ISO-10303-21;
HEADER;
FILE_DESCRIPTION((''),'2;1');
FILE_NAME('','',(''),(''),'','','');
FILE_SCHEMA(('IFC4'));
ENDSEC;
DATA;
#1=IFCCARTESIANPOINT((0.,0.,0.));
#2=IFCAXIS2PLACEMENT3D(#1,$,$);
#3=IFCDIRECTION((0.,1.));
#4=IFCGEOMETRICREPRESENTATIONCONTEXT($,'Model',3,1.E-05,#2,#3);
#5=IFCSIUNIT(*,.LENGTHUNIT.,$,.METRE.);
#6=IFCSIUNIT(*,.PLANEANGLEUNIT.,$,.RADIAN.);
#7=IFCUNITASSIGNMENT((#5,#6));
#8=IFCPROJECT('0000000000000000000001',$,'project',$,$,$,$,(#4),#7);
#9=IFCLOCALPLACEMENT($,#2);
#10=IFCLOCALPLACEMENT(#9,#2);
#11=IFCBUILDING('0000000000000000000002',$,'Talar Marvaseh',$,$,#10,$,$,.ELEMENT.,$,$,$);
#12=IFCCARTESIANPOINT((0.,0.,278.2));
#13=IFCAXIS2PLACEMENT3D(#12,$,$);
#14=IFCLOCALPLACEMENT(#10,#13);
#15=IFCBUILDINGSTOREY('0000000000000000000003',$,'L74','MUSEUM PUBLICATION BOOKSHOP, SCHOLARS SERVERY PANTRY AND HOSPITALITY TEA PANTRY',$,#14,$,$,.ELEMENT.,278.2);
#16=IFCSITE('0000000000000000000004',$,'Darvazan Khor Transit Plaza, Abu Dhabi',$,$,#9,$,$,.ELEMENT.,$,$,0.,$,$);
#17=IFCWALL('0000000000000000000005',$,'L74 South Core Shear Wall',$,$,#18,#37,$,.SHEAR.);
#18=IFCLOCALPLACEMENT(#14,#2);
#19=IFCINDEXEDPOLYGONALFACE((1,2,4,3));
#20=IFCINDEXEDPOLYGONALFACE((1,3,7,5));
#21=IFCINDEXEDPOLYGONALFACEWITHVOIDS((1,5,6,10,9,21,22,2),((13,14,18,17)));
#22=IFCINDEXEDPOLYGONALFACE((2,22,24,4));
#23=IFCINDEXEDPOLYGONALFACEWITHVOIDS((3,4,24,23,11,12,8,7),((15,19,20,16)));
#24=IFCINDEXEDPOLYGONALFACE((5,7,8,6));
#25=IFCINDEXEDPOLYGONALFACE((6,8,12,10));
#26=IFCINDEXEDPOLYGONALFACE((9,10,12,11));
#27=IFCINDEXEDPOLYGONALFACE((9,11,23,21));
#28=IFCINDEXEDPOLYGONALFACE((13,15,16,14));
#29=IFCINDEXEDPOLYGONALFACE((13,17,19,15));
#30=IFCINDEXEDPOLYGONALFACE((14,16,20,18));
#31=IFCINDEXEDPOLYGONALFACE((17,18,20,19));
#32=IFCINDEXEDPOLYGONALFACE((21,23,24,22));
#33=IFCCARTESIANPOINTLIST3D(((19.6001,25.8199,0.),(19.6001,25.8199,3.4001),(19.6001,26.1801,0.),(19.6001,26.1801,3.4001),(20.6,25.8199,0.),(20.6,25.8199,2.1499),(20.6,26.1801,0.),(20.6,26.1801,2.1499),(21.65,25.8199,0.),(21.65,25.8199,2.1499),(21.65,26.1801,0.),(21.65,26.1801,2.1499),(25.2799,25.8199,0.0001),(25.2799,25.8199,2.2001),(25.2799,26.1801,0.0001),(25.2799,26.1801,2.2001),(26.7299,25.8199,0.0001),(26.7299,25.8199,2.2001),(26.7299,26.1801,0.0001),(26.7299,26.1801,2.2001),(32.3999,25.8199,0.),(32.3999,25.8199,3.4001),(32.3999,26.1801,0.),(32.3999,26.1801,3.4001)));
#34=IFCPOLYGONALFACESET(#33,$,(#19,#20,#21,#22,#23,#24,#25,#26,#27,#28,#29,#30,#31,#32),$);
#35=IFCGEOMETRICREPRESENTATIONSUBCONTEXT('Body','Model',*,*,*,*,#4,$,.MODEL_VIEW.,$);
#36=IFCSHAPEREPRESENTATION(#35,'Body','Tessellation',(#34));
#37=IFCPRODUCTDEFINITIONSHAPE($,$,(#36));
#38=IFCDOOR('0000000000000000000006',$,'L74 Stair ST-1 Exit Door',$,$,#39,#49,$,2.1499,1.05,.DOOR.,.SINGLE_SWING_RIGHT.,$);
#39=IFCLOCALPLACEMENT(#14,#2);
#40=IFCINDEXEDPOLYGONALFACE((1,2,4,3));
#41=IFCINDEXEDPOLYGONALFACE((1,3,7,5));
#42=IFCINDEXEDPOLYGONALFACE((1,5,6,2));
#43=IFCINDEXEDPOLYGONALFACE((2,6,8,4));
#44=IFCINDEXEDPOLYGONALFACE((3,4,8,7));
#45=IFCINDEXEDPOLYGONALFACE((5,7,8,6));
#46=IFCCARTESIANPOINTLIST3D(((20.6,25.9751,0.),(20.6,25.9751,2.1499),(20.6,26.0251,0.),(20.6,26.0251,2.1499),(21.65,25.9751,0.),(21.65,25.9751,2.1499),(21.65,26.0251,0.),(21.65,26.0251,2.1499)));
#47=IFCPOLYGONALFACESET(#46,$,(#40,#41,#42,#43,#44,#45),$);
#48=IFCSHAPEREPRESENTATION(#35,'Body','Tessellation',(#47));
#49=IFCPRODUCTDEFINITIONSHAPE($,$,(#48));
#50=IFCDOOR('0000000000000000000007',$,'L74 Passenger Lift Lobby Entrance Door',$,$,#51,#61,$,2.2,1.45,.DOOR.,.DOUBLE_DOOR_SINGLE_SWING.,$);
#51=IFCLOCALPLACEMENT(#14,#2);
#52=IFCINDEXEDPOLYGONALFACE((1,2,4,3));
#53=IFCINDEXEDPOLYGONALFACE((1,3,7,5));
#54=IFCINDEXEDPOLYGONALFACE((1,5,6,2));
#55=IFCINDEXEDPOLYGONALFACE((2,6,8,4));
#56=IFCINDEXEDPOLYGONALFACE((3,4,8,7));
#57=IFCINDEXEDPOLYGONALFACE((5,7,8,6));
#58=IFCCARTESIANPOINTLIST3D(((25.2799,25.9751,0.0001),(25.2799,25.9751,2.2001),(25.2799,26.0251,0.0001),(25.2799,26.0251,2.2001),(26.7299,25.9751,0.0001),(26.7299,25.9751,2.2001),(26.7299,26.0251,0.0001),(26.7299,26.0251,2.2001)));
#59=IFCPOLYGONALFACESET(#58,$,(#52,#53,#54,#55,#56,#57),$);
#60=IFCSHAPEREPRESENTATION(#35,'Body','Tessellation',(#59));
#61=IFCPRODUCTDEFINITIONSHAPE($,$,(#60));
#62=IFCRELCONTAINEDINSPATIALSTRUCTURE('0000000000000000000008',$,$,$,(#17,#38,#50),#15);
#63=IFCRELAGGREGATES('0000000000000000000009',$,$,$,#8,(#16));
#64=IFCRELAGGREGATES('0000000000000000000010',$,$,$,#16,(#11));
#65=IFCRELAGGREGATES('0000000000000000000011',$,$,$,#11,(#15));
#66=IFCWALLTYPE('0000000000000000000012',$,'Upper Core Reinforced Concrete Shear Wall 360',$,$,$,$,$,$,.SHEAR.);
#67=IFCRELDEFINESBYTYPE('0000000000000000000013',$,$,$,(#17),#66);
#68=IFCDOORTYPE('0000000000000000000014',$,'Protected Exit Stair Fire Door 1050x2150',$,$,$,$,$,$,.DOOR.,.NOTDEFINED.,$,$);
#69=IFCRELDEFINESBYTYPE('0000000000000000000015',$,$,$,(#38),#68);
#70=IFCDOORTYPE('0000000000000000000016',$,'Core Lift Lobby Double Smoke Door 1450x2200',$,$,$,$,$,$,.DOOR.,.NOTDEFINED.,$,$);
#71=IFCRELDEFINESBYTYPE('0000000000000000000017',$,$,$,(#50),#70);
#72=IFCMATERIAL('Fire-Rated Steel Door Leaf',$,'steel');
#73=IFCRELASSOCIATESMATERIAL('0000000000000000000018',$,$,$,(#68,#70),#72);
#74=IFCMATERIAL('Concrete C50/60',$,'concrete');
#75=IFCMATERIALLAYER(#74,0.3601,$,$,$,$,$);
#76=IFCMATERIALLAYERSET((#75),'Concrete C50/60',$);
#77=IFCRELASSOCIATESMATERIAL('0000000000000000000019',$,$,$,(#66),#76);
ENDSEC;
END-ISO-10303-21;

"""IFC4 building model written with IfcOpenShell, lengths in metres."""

from ifc_helpers import new_model, si_unit, direction, frame, frame_2d, origin, place, context, subcontext, project, spatial, rectangle, extrude, source, transform, mapped, material, layer, layer_set, type_object, type_shapes, element, fill, save


model = new_model("IFC4")

# Units and contexts
model_context = context("Model", 3, precision=1e-05, world=origin(), true_north=direction((0.0, 1.0)))
body_context = subcontext(model_context, "Body", "Model", "MODEL_VIEW")
ifc_project = project(units=[si_unit("LENGTHUNIT", "METRE"), si_unit("PLANEANGLEUNIT", "RADIAN")], contexts=[model_context])

# Site, building, storey
site_placement = place(None, origin())
site = spatial("IfcSite", under=ifc_project, at=site_placement, Name="Darvazan Khor Transit Plaza, Abu Dhabi", CompositionType="ELEMENT", RefElevation=0.0)
building_placement = place(site_placement, origin())
building = spatial("IfcBuilding", under=site, at=building_placement, Name="Talar Marvaseh", CompositionType="ELEMENT")
storey_placement = place(building_placement, frame((0.0, 0.0, 278.2)))
storey = spatial("IfcBuildingStorey", under=building, at=storey_placement, Name="L74", Description="MUSEUM PUBLICATION BOOKSHOP, SCHOLARS SERVERY PANTRY AND HOSPITALITY TEA PANTRY", CompositionType="ELEMENT", Elevation=278.2)

# Shared definitions
ifc_material_1 = material(Name="Concrete C50/60", Category="concrete")

# Shared definitions
ifc_material_2 = material(Name="Fire-Rated Steel Door Leaf", Category="steel")
door_type_1 = type_object("IfcDoorType", Name="Protected Exit Stair Fire Door 1050x2150", OperationType="NOTDEFINED", PredefinedType="DOOR", material=ifc_material_2)
shared_shape_1 = source(origin(), body_context, "Body", "SweptSolid", [
    extrude(rectangle(XDim=1.05, YDim=2.1499, at=frame_2d((0.5249, 1.075))), frame((0.0, 0.0249, 0.0), z_axis=(0.0, -1.0, 0.0), x_axis=(1.0, 0.0, 0.0)), (0.0, 0.0, 1.0), 0.05),
])
type_shapes(door_type_1, [shared_shape_1])

# Wall, openings, doors
ifc_layer_1 = layer(ifc_material_1, 0.3601)
ifc_layer_set_1 = layer_set([ifc_layer_1], Name="Concrete C50/60")
wall_type_1 = type_object("IfcWallType", Name="Upper Core Reinforced Concrete Shear Wall 360", PredefinedType="SHEAR", material=ifc_layer_set_1)
wall_1_placement = place(storey_placement, frame((32.3999, 26.0, 0.0), z_axis=(0.0, 0.0, 1.0), x_axis=(-1.0, 0.0, 0.0)))
wall_1 = element("IfcWall", 1, at=wall_1_placement, inside=storey, type_object=wall_type_1, Name="L74 South Core Shear Wall", PredefinedType="SHEAR", context=body_context, shape_type="SweptSolid", body=[
    extrude(rectangle(XDim=12.7998, YDim=0.3601, at=frame_2d((6.3999, 0.0))), origin(), (0.0, 0.0, 1.0), 3.4001),
])
opening_1_placement = place(wall_1_placement, frame((10.75, 0.0, 0.0)))
opening_1 = element("IfcOpeningElement", 2, at=opening_1_placement, cuts=wall_1, PredefinedType="OPENING", context=body_context, shape_type="SweptSolid", body=[
    extrude(rectangle(XDim=1.05, YDim=2.1499, at=frame_2d((0.5249, 1.075))), frame((0.0, 0.1899, 0.0), z_axis=(0.0, -1.0, 0.0), x_axis=(1.0, 0.0, 0.0)), (0.0, 0.0, 1.0), 0.3801),
])
opening_2_placement = place(wall_1_placement, frame((5.6699, 0.0, 0.0)))
opening_2 = element("IfcOpeningElement", 3, at=opening_2_placement, cuts=wall_1, PredefinedType="OPENING", context=body_context, shape_type="SweptSolid", body=[
    extrude(rectangle(XDim=1.45, YDim=2.2, at=frame_2d((0.7251, 1.1001))), frame((0.0, 0.1899, 0.0), z_axis=(0.0, -1.0, 0.0), x_axis=(1.0, 0.0, 0.0)), (0.0, 0.0, 1.0), 0.3801),
])
door_1_placement = place(opening_1_placement, origin())
door_1 = element("IfcDoor", 4, at=door_1_placement, inside=storey, type_object=door_type_1, Name="L74 Stair ST-1 Exit Door", OperationType="SINGLE_SWING_RIGHT", OverallHeight=2.1499, OverallWidth=1.05, PredefinedType="DOOR", context=body_context, shape_type="MappedRepresentation", body=[
    mapped(shared_shape_1, transform((0.0, 0.0, 0.0), x_axis=(1.0, 0.0, 0.0), y_axis=(0.0, 1.0, 0.0), z_axis=(0.0, 0.0, 1.0), scale=1.0)),
])
fill(opening_1, door_1)
door_type_2 = type_object("IfcDoorType", Name="Core Lift Lobby Double Smoke Door 1450x2200", OperationType="NOTDEFINED", PredefinedType="DOOR", material=ifc_material_2)
shared_shape_2 = source(origin(), body_context, "Body", "SweptSolid", [
    extrude(rectangle(XDim=1.45, YDim=2.2, at=frame_2d((0.7251, 1.1001))), frame((0.0, 0.0249, 0.0), z_axis=(0.0, -1.0, 0.0), x_axis=(1.0, 0.0, 0.0)), (0.0, 0.0, 1.0), 0.05),
])
type_shapes(door_type_2, [shared_shape_2])
door_2_placement = place(opening_2_placement, origin())
door_2 = element("IfcDoor", 5, at=door_2_placement, inside=storey, type_object=door_type_2, Name="L74 Passenger Lift Lobby Entrance Door", OperationType="DOUBLE_DOOR_SINGLE_SWING", OverallHeight=2.2, OverallWidth=1.45, PredefinedType="DOOR", context=body_context, shape_type="MappedRepresentation", body=[
    mapped(shared_shape_2, transform((0.0, 0.0, 0.0), x_axis=(1.0, 0.0, 0.0), y_axis=(0.0, 1.0, 0.0), z_axis=(0.0, 0.0, 1.0), scale=1.0)),
])
fill(opening_2, door_2)

save(model, "model.ifc")
